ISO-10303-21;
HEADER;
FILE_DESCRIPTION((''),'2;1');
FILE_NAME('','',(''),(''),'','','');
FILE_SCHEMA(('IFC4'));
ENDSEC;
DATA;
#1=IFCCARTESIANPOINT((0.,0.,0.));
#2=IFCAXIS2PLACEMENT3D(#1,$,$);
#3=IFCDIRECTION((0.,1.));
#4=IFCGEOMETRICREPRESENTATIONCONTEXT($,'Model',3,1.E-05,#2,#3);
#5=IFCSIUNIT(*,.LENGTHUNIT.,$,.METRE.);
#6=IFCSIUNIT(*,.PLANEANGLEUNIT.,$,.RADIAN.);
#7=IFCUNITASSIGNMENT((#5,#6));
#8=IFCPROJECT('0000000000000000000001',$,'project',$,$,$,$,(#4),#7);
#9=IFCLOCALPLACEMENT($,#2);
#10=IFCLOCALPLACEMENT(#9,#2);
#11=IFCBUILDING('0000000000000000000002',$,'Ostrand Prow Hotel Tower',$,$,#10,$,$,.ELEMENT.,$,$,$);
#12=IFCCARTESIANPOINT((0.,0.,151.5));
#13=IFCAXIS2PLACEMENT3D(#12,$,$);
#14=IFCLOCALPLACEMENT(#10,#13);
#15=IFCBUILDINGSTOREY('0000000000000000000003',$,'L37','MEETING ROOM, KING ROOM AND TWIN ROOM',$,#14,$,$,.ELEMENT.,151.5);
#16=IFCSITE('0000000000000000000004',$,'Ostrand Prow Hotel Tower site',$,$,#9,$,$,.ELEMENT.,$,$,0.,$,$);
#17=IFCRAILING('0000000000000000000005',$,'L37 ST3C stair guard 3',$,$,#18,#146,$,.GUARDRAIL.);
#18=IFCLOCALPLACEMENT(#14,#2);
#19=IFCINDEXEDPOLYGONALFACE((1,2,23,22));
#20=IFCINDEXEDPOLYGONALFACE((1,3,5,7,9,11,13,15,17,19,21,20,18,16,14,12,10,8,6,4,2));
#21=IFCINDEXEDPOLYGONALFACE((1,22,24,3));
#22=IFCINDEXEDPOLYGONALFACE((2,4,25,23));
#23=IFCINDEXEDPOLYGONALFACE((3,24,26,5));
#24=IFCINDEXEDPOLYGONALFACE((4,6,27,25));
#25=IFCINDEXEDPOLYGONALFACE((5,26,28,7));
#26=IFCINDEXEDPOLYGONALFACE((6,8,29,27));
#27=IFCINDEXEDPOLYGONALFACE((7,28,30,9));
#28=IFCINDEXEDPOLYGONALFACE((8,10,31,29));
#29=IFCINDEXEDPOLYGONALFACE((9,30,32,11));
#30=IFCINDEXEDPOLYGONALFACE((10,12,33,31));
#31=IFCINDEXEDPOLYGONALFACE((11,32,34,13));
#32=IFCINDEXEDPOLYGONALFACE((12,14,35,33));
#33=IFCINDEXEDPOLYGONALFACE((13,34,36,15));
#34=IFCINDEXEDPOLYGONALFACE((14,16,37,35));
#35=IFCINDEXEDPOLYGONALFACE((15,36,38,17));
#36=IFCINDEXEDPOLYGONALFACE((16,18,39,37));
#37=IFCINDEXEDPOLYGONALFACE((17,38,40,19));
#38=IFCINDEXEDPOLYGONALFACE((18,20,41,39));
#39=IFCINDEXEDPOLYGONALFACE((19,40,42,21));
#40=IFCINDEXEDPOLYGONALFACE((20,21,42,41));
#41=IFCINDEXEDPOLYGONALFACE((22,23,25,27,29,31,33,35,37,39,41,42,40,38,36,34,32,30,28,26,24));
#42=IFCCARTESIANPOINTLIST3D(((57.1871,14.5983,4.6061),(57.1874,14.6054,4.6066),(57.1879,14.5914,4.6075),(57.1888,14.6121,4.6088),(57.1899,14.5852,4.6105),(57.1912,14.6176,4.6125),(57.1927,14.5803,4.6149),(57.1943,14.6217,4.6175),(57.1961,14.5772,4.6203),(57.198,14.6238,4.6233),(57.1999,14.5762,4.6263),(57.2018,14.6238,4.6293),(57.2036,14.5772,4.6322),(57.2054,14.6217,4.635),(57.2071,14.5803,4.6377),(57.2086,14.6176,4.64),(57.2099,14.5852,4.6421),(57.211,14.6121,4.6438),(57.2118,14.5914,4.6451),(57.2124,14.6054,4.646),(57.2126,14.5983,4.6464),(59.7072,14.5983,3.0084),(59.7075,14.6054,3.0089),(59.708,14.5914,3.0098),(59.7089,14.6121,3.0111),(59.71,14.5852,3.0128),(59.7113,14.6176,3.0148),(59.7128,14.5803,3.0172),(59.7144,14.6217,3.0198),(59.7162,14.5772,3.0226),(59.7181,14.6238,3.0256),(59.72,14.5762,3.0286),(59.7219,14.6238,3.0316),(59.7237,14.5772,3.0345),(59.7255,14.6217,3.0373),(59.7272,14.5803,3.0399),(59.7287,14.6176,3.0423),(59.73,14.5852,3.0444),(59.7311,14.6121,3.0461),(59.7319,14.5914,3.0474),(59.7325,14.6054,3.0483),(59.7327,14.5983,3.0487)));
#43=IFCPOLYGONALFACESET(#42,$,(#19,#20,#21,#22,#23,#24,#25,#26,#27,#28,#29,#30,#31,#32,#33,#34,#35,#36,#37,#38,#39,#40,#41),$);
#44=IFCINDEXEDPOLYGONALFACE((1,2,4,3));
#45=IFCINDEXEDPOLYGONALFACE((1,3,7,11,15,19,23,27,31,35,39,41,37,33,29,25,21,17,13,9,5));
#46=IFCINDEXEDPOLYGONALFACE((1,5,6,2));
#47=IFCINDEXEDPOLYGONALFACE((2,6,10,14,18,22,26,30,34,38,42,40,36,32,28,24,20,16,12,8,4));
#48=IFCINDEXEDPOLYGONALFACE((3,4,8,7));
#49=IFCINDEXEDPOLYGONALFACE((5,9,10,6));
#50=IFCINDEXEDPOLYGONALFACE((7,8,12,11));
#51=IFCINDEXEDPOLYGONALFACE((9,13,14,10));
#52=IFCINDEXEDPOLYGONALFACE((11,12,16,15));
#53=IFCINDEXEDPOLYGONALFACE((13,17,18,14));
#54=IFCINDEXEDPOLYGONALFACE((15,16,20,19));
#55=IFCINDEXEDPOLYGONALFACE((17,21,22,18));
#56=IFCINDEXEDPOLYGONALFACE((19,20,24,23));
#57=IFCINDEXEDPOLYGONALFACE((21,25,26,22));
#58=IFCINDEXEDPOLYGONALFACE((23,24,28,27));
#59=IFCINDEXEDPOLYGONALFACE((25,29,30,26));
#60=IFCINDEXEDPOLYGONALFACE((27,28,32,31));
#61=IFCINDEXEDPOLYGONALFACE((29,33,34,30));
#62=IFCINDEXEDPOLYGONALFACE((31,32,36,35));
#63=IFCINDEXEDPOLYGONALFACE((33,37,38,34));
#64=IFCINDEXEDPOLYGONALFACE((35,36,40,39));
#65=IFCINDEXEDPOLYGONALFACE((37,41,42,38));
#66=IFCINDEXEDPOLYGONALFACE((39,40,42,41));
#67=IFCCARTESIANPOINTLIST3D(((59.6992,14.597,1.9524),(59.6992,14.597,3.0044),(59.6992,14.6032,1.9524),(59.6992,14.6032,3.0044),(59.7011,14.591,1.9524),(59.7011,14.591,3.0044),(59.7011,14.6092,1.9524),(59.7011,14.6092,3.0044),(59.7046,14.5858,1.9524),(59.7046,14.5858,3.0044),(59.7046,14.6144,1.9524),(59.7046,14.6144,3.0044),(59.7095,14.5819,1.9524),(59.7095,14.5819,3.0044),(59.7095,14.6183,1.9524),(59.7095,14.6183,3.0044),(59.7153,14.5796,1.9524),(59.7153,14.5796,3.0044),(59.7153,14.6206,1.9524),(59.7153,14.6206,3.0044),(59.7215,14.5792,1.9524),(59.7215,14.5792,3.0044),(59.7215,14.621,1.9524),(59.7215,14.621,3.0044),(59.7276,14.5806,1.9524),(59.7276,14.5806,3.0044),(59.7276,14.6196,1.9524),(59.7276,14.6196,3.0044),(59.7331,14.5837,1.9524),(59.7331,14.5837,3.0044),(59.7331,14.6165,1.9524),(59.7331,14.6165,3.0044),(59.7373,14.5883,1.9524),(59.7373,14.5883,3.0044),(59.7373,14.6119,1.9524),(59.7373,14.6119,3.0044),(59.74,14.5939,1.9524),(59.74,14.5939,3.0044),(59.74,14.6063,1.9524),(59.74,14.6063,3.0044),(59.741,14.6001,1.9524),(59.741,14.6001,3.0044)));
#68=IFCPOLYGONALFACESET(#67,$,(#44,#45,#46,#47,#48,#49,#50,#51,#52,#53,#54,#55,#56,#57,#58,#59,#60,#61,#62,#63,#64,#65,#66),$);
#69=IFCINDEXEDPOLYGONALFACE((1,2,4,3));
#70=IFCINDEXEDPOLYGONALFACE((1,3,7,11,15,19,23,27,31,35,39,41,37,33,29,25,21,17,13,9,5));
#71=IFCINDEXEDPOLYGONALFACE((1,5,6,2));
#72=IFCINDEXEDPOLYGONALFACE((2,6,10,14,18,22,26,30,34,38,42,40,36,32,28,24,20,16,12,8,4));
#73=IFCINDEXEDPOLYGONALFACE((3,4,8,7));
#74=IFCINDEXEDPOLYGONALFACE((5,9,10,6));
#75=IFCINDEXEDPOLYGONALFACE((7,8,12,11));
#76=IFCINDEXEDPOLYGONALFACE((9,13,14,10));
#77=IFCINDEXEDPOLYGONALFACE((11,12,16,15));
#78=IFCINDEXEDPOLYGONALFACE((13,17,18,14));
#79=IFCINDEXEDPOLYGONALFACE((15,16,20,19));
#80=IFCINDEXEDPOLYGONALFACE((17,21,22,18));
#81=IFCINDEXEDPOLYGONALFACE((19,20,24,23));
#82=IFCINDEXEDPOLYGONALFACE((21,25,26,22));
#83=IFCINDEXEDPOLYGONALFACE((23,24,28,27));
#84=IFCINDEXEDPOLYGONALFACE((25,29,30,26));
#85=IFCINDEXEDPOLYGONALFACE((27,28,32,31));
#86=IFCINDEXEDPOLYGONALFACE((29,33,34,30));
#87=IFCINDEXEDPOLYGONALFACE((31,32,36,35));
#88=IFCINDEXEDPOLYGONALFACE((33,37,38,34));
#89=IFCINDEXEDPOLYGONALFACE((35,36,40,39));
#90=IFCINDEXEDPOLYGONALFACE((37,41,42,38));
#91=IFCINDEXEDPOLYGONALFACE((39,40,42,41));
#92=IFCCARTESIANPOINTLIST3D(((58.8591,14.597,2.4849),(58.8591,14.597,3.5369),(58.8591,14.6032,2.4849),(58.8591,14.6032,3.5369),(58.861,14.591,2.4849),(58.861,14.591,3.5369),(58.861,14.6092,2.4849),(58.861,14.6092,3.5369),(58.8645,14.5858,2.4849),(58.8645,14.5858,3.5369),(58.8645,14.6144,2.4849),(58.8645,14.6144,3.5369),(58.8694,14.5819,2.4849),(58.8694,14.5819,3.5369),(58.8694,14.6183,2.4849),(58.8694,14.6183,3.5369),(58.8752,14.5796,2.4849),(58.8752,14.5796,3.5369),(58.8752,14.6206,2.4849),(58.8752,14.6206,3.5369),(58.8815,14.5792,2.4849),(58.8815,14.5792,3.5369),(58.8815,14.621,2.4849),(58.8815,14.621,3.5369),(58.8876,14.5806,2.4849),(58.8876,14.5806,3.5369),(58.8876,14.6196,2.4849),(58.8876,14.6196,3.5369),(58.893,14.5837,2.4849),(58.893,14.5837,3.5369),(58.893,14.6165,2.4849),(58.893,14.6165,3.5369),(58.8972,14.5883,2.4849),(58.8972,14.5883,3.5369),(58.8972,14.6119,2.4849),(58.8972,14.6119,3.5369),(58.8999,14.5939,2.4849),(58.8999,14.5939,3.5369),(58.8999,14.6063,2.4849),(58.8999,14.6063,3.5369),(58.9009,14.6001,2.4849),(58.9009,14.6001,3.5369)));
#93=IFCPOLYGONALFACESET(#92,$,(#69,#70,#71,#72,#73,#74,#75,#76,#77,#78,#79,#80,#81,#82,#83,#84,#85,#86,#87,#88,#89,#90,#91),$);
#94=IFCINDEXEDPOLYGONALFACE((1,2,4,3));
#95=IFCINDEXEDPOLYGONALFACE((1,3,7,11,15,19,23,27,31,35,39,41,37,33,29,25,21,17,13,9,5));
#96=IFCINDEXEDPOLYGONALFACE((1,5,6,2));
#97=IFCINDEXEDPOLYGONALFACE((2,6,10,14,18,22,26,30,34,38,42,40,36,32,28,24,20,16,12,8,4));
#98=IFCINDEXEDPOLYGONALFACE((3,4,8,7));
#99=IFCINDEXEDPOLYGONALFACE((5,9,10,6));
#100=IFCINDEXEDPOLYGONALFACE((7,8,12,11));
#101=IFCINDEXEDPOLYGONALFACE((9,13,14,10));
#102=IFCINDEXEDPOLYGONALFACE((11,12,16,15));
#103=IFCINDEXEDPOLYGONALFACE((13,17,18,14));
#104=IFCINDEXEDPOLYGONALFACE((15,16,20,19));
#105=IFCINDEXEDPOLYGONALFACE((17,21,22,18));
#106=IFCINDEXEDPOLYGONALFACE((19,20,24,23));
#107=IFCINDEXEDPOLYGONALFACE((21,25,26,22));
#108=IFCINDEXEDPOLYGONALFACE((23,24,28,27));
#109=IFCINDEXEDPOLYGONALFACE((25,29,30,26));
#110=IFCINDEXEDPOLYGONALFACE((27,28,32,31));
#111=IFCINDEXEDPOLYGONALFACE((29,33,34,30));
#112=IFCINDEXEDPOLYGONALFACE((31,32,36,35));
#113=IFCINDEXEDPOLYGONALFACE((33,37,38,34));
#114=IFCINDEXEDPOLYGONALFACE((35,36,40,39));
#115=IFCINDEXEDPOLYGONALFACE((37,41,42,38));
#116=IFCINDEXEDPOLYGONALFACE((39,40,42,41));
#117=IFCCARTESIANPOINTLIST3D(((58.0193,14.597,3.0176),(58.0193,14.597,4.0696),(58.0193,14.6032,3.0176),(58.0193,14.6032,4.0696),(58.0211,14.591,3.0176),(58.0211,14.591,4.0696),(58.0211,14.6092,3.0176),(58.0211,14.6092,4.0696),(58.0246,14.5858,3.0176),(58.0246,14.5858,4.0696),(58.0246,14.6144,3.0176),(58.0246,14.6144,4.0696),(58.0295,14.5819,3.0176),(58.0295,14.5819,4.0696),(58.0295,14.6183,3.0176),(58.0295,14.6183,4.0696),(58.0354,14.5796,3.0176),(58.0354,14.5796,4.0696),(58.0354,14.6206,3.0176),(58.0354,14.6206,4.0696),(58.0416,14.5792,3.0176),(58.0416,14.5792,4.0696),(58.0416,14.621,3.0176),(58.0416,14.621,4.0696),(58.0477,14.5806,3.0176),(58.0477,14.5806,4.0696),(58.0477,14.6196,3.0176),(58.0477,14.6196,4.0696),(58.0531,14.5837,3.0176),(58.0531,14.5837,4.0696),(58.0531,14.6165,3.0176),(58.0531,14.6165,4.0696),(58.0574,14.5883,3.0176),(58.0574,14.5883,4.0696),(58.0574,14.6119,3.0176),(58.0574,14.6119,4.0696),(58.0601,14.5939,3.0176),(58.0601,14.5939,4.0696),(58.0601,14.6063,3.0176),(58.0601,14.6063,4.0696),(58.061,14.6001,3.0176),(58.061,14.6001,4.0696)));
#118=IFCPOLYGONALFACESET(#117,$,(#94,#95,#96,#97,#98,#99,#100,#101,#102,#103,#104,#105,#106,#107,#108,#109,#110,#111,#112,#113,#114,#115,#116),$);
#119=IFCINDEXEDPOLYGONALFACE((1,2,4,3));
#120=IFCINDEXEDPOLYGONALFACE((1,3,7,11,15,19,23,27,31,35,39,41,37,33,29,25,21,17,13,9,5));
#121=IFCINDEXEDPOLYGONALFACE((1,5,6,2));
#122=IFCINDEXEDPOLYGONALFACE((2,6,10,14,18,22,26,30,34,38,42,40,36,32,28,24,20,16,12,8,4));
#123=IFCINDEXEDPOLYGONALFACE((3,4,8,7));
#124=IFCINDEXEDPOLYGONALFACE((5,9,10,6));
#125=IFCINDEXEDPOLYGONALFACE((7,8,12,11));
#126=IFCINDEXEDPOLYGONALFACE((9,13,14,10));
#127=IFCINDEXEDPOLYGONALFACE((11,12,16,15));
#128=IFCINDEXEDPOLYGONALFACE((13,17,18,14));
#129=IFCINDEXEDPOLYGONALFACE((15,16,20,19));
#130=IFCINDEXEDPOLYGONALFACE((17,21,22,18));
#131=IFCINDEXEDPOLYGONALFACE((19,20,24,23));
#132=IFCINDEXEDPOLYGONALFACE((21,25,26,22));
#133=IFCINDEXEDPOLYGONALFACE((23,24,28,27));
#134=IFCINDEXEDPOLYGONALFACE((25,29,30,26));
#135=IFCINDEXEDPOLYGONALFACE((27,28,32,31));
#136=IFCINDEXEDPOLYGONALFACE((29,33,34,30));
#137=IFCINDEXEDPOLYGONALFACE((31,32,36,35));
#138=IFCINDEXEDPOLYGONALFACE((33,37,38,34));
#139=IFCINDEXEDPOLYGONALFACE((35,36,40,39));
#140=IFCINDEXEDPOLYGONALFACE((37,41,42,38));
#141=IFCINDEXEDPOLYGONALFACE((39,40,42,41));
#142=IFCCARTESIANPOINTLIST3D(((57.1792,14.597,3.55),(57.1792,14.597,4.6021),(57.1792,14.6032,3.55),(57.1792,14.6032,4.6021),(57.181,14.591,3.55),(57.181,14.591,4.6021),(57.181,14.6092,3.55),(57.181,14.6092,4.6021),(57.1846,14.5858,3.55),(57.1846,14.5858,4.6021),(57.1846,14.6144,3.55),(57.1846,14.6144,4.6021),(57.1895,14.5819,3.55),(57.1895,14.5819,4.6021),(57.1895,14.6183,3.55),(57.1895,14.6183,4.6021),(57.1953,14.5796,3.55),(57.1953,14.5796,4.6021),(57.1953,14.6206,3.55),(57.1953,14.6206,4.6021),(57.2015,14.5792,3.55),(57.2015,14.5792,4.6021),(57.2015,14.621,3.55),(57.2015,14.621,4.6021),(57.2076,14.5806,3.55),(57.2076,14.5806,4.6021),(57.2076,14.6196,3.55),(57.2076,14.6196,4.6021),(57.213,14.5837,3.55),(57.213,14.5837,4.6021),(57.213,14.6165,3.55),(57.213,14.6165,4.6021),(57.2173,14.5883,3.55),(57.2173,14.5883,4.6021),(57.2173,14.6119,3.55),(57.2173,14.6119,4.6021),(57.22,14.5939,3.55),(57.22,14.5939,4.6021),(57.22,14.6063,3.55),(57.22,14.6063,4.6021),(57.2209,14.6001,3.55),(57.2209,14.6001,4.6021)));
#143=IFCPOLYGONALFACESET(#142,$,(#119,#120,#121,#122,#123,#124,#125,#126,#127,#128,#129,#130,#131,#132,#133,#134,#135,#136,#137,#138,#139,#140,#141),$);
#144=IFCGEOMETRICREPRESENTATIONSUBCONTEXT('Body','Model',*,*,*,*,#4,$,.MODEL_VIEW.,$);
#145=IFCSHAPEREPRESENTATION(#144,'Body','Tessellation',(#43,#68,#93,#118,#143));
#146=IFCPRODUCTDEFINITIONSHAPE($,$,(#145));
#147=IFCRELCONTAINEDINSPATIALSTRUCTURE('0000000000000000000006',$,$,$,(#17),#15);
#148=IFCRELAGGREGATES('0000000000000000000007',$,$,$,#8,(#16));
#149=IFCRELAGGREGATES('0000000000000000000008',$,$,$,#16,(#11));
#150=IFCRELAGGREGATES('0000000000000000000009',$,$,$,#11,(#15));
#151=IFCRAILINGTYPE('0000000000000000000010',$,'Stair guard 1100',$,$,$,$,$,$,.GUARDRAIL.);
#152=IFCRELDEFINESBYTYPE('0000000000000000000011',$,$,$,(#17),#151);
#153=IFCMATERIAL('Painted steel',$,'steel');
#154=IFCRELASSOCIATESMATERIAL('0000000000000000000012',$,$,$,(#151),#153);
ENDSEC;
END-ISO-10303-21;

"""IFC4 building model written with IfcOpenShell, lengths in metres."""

from ifc_helpers import new_model, si_unit, direction, frame, origin, origin_2d, place, context, subcontext, project, spatial, circle, extrude, material, type_object, element, save


model = new_model("IFC4")

# Units and contexts
model_context = context("Model", 3, precision=1e-05, world=origin(), true_north=direction((0.0, 1.0)))
body_context = subcontext(model_context, "Body", "Model", "MODEL_VIEW")
ifc_project = project(units=[si_unit("LENGTHUNIT", "METRE"), si_unit("PLANEANGLEUNIT", "RADIAN")], contexts=[model_context])

# Site, building, storey
site_placement = place(None, origin())
site = spatial("IfcSite", under=ifc_project, at=site_placement, Name="Ostrand Prow Hotel Tower site", CompositionType="ELEMENT", RefElevation=0.0)
building_placement = place(site_placement, origin())
building = spatial("IfcBuilding", under=site, at=building_placement, Name="Ostrand Prow Hotel Tower", CompositionType="ELEMENT")
storey_placement = place(building_placement, frame((0.0, 0.0, 151.5)))
storey = spatial("IfcBuildingStorey", under=building, at=storey_placement, Name="L37", Description="MEETING ROOM, KING ROOM AND TWIN ROOM", CompositionType="ELEMENT", Elevation=151.5)

# Railing
ifc_material_1 = material(Name="Painted steel", Category="steel")
railing_type_1 = type_object("IfcRailingType", Name="Stair guard 1100", PredefinedType="GUARDRAIL", material=ifc_material_1)
railing_1_placement = place(storey_placement, frame((59.72, 14.6001, 1.9524)))
element("IfcRailing", 1, at=railing_1_placement, inside=storey, type_object=railing_type_1, Name="L37 ST3C stair guard 3", PredefinedType="GUARDRAIL", context=body_context, shape_type="SweptSolid", body=[
    extrude(circle(Radius=0.0239, at=origin_2d()), frame((0.0, 0.0, 1.0762), z_axis=(-0.84457, 0.0, 0.535445), x_axis=(0.0, -1.0, 0.0)), (0.0, 0.0, 1.0), 2.9839),
    extrude(circle(Radius=0.021, at=origin_2d()), origin(), (0.0, 0.0, 1.0), 1.052),
    extrude(circle(Radius=0.021, at=origin_2d()), frame((-0.8401, 0.0, 0.5325)), (0.0, 0.0, 1.0), 1.052),
    extrude(circle(Radius=0.021, at=origin_2d()), frame((-1.6799, 0.0, 1.0652)), (0.0, 0.0, 1.0), 1.052),
    extrude(circle(Radius=0.021, at=origin_2d()), frame((-2.52, 0.0, 1.5977)), (0.0, 0.0, 1.0), 1.052),
])

save(model, "model.ifc")
